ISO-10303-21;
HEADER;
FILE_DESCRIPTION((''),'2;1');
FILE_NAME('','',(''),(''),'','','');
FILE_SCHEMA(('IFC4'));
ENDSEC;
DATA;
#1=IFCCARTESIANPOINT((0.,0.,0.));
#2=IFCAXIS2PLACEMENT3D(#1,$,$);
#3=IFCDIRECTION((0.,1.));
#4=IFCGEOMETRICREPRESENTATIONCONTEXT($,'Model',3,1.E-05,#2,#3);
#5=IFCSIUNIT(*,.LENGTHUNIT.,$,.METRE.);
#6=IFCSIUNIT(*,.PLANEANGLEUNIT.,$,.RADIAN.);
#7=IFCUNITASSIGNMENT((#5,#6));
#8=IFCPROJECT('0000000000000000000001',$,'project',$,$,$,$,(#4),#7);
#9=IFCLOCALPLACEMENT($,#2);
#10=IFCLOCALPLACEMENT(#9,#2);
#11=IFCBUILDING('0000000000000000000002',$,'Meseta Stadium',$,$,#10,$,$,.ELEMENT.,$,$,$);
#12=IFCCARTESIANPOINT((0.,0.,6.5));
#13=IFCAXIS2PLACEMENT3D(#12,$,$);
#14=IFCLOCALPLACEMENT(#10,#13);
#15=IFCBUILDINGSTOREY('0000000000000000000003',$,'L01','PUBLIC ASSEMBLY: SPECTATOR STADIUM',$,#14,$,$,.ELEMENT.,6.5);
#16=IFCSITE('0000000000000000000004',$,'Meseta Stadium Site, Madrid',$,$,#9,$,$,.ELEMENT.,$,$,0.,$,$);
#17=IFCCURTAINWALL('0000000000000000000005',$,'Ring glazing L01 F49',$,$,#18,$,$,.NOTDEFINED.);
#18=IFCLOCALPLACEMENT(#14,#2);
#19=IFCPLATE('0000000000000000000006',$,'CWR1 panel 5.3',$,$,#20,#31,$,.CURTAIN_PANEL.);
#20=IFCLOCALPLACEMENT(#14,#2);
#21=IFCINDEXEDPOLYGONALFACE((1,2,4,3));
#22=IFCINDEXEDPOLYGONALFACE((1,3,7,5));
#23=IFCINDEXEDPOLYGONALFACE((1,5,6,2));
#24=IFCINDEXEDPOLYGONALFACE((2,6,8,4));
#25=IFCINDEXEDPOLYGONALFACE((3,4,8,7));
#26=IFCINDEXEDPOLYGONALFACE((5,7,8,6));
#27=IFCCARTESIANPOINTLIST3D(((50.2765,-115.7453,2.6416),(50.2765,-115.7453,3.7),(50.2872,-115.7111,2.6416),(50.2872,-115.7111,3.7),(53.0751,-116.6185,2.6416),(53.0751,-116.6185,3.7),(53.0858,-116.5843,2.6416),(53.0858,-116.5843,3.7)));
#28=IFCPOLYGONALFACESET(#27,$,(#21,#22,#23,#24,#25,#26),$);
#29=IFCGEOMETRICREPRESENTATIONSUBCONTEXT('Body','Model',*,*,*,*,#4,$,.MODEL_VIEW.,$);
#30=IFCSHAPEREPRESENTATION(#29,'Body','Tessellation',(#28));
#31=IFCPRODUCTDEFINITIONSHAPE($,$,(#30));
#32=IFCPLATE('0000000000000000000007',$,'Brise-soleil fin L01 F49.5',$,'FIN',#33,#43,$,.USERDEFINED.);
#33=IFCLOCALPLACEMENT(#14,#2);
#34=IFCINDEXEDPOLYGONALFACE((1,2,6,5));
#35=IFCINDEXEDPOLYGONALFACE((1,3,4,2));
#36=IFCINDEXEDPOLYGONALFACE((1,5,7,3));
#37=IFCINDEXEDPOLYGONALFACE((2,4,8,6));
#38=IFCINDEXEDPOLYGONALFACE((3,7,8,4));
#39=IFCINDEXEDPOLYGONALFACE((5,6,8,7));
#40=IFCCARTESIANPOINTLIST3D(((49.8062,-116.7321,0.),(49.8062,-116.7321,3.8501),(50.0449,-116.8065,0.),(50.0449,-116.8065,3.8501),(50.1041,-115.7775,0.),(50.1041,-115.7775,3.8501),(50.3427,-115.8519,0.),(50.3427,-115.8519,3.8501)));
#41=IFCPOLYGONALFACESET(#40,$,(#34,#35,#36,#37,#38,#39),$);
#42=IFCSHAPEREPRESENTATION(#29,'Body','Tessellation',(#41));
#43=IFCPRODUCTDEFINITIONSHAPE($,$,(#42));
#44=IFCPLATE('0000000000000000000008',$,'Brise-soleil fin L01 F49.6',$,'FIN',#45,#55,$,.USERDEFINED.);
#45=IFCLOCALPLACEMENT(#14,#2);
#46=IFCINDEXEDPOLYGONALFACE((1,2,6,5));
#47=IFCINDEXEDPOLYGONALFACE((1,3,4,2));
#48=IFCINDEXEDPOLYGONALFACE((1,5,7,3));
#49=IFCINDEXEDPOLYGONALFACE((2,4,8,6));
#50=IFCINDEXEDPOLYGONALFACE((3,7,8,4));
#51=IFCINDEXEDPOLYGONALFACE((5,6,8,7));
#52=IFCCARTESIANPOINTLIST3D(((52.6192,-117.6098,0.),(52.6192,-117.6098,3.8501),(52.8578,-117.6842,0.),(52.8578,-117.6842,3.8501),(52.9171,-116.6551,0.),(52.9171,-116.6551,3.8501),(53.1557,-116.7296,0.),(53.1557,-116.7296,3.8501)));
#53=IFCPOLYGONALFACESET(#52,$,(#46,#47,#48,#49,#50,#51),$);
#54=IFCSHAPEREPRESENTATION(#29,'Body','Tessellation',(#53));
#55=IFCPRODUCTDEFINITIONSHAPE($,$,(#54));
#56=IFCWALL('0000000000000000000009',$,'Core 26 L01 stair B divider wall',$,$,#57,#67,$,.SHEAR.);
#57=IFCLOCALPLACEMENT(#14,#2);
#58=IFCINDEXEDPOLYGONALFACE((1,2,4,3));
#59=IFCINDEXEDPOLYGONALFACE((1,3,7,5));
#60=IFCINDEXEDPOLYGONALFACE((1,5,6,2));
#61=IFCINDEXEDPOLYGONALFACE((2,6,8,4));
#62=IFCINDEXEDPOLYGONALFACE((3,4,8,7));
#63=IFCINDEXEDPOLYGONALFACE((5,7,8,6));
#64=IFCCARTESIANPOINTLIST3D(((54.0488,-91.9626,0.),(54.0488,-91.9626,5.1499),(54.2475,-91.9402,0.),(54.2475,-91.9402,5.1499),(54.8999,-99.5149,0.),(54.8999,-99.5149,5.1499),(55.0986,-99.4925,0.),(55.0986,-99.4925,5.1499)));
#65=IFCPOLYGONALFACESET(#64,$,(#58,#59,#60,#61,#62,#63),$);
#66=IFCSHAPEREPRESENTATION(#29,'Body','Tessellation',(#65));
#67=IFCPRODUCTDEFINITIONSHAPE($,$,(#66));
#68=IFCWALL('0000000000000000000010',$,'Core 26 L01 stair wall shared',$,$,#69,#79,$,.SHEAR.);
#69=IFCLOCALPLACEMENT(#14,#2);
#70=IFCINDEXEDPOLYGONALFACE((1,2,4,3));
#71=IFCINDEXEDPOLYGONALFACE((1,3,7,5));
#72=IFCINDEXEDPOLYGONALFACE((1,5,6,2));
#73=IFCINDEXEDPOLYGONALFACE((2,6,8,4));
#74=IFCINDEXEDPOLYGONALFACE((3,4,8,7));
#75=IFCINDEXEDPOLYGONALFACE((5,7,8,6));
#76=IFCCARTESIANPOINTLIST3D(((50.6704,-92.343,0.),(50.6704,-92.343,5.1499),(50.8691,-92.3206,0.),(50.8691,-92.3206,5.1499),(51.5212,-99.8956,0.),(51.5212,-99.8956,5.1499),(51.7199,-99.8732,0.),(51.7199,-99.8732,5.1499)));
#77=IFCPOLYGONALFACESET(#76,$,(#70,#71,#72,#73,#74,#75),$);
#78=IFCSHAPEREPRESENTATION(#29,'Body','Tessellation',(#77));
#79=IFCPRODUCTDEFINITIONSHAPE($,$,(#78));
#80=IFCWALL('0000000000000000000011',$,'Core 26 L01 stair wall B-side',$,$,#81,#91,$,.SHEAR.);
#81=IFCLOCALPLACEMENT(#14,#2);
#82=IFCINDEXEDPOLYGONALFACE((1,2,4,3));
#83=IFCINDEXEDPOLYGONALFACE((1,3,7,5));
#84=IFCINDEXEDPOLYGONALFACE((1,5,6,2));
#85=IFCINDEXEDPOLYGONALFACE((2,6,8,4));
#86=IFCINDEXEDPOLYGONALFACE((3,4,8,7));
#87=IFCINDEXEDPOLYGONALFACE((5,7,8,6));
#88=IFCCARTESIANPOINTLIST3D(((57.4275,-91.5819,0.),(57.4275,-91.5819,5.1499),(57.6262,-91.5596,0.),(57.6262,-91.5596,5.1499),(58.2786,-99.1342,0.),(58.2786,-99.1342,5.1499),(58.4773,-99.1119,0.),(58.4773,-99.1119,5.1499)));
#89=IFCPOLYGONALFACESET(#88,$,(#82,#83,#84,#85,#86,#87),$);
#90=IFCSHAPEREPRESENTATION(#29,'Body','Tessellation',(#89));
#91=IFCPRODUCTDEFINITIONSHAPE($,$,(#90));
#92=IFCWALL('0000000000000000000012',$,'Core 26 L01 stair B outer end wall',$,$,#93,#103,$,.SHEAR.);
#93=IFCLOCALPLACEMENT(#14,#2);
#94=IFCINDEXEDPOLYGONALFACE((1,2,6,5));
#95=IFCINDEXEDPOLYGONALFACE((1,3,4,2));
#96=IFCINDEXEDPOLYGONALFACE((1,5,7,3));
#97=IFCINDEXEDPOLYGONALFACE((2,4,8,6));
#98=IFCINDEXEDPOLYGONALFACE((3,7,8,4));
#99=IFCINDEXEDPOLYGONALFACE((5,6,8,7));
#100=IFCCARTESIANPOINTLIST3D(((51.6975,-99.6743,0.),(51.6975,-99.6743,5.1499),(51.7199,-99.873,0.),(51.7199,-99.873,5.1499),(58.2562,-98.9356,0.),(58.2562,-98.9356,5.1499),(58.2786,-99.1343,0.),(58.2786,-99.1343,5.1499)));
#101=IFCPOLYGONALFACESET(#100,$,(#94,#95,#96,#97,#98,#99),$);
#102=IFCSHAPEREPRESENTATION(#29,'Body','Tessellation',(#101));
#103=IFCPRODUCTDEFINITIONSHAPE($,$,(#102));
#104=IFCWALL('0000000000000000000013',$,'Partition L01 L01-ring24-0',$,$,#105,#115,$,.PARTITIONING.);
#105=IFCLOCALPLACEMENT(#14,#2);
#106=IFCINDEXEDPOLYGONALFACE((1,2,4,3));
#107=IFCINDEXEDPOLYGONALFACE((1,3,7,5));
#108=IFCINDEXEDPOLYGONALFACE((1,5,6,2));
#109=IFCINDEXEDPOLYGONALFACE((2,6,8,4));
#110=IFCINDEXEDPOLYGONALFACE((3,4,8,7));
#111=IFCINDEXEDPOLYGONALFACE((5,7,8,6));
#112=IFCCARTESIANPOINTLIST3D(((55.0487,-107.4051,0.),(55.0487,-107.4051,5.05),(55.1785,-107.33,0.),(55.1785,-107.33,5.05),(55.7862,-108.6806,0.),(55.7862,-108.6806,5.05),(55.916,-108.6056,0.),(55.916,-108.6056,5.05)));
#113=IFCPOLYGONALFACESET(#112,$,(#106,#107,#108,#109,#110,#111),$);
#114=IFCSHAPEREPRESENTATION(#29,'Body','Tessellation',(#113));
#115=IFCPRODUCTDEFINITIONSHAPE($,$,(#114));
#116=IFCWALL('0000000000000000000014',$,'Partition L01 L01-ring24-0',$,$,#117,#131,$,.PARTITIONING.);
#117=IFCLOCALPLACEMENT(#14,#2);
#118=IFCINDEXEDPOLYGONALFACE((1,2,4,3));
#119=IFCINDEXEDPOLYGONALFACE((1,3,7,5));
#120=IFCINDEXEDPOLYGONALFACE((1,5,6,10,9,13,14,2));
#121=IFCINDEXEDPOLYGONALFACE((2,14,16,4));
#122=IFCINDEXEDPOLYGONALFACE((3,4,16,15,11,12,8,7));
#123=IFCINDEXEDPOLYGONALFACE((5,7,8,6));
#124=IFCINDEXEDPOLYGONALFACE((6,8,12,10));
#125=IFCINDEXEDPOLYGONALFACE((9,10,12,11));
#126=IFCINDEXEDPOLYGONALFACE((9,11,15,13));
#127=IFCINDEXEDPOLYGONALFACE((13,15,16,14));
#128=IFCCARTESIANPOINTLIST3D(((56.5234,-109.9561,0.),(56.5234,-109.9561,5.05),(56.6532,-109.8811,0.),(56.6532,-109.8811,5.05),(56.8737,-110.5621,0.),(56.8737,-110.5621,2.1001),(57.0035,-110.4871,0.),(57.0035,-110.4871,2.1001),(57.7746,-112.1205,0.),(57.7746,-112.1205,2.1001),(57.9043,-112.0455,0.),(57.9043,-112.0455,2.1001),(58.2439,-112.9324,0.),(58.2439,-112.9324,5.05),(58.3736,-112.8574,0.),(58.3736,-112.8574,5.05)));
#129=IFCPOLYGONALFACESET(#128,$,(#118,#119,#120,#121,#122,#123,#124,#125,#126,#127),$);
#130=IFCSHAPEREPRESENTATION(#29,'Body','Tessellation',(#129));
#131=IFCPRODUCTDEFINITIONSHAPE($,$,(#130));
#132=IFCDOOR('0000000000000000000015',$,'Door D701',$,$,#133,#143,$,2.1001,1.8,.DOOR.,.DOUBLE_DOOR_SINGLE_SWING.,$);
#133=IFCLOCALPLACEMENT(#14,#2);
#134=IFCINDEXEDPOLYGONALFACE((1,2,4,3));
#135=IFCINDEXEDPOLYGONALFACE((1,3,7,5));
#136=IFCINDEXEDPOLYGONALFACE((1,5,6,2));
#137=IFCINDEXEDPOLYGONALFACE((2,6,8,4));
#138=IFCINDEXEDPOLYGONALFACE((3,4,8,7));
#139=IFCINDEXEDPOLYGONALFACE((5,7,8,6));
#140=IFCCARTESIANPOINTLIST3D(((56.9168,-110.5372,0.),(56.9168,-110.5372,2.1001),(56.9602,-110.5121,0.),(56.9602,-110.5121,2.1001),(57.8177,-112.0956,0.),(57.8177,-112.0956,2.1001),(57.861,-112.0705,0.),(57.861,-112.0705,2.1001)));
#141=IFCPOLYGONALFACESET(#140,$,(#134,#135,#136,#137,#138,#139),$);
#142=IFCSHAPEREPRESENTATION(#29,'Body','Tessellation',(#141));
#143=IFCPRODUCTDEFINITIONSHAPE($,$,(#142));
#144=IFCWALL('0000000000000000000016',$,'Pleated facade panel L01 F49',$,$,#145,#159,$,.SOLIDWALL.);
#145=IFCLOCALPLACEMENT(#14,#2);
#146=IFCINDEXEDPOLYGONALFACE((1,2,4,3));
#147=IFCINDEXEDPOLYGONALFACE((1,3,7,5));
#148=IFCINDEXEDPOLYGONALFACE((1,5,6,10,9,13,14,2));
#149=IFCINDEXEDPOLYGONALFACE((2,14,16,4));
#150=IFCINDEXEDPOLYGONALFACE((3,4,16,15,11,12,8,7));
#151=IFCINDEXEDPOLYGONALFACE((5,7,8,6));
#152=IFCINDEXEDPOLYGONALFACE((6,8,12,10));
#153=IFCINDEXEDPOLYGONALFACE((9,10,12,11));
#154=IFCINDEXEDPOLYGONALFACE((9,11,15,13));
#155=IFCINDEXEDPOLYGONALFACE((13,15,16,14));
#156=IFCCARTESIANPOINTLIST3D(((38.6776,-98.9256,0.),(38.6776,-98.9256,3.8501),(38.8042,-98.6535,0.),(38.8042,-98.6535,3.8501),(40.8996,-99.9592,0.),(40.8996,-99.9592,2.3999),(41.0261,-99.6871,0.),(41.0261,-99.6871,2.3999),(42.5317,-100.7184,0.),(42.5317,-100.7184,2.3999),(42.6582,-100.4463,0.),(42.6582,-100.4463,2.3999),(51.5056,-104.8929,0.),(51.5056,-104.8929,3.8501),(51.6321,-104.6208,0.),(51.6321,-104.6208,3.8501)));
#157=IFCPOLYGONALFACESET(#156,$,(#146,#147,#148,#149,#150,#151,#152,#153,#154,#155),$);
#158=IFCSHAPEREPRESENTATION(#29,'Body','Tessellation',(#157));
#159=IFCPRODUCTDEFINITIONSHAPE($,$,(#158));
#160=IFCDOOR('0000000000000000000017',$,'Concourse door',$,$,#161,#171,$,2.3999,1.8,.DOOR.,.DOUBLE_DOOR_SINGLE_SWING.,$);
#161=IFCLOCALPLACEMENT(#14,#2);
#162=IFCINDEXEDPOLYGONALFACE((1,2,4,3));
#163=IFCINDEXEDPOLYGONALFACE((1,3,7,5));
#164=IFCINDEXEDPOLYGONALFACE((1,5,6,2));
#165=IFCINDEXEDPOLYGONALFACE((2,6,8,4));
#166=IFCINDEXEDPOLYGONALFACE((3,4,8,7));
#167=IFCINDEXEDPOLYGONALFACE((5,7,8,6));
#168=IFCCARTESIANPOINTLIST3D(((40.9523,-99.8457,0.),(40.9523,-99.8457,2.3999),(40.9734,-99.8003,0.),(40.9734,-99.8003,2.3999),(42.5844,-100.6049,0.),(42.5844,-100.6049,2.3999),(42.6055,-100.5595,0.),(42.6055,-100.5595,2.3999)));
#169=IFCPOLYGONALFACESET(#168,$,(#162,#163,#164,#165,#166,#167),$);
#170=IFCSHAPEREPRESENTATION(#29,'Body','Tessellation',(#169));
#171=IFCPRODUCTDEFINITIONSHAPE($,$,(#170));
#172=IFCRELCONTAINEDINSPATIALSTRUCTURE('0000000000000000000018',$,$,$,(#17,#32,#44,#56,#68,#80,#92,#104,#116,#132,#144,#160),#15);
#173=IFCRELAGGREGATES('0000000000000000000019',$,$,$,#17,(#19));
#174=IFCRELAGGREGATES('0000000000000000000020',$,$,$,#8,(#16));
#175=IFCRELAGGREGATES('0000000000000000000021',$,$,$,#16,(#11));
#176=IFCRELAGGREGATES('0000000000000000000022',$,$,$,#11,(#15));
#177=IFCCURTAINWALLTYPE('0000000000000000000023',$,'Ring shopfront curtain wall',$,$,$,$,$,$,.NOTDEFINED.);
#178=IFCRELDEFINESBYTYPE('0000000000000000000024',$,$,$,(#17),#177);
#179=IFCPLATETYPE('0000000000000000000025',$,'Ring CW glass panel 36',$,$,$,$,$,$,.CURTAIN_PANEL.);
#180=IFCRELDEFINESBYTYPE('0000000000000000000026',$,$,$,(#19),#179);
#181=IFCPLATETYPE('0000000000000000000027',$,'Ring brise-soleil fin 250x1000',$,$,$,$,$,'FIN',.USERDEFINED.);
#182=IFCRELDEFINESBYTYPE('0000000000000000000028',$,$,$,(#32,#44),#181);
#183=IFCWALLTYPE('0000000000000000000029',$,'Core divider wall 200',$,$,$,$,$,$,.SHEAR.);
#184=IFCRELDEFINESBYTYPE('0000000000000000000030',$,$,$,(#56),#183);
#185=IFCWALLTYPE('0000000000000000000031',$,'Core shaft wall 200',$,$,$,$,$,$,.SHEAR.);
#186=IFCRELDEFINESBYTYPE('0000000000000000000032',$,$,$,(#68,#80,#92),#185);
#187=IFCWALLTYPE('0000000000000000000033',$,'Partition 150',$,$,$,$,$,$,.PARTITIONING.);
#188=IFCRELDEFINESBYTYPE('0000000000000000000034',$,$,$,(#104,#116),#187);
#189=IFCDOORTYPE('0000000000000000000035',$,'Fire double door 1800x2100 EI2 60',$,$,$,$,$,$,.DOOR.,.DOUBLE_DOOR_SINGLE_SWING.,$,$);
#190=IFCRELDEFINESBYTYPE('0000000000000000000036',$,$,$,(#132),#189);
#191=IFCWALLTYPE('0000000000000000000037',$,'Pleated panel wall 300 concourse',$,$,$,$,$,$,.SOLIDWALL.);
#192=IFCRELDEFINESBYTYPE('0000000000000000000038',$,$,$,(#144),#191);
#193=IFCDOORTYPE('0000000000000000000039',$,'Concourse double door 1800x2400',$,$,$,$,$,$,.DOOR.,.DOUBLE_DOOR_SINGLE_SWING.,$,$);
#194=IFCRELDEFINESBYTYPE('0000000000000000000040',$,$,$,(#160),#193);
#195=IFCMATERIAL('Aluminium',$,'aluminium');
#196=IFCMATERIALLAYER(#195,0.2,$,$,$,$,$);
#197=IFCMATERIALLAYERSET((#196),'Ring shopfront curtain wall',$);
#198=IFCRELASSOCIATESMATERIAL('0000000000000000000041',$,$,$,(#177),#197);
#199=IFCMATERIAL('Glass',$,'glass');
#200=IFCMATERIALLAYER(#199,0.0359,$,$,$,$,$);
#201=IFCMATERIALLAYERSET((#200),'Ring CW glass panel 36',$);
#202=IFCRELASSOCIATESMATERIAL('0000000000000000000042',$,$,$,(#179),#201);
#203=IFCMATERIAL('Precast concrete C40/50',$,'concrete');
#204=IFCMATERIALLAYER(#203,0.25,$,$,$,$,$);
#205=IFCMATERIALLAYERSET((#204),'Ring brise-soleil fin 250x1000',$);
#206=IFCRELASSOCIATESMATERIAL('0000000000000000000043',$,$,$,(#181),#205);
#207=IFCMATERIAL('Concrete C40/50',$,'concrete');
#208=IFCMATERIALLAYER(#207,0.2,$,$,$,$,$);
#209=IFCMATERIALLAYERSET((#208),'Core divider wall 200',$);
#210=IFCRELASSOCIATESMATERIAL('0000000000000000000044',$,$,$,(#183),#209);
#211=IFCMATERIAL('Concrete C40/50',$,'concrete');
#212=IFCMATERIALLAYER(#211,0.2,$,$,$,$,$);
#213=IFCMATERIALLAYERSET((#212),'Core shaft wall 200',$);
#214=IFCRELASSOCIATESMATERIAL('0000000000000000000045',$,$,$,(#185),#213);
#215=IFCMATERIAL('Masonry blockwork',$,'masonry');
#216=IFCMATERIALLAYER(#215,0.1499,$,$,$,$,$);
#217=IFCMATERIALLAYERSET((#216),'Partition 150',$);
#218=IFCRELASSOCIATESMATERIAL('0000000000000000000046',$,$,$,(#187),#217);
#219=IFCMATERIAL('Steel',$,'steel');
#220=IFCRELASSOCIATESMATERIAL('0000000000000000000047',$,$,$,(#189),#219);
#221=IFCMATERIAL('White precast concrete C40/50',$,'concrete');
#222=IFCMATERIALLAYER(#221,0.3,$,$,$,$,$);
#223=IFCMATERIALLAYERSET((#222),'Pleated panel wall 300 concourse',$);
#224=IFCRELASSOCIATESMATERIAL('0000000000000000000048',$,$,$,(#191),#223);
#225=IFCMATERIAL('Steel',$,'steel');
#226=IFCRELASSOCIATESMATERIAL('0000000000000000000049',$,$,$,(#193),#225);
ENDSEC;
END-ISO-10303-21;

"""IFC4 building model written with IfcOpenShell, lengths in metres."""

from ifc_helpers import new_model, si_unit, direction, frame, frame_2d, origin, origin_2d, place, context, subcontext, project, spatial, rectangle, extrude, material, layer, layer_set, type_object, element, fill, aggregate, save


model = new_model("IFC4")

# Units and contexts
model_context = context("Model", 3, precision=1e-05, world=origin(), true_north=direction((0.0, 1.0)))
body_context = subcontext(model_context, "Body", "Model", "MODEL_VIEW")
ifc_project = project(units=[si_unit("LENGTHUNIT", "METRE"), si_unit("PLANEANGLEUNIT", "RADIAN")], contexts=[model_context])

# Site, building, storey
site_placement = place(None, origin())
site = spatial("IfcSite", under=ifc_project, at=site_placement, Name="Meseta Stadium Site, Madrid", CompositionType="ELEMENT", RefElevation=0.0)
building_placement = place(site_placement, origin())
building = spatial("IfcBuilding", under=site, at=building_placement, Name="Meseta Stadium", CompositionType="ELEMENT")
storey_placement = place(building_placement, frame((0.0, 0.0, 6.5)))
storey = spatial("IfcBuildingStorey", under=building, at=storey_placement, Name="L01", Description="PUBLIC ASSEMBLY: SPECTATOR STADIUM", CompositionType="ELEMENT", Elevation=6.5)

# Curtain wall, plate
ifc_material_1 = material(Name="Aluminium", Category="aluminium")
ifc_layer_1 = layer(ifc_material_1, 0.2)
ifc_layer_set_1 = layer_set([ifc_layer_1], Name="Ring shopfront curtain wall")
curtain_wall_type = type_object("IfcCurtainWallType", Name="Ring shopfront curtain wall", PredefinedType="NOTDEFINED", material=ifc_layer_set_1)
curtain_wall_placement = place(storey_placement, origin())
curtain_wall = element("IfcCurtainWall", 1, at=curtain_wall_placement, inside=storey, type_object=curtain_wall_type, Name="Ring glazing L01 F49", PredefinedType="NOTDEFINED")
ifc_material_2 = material(Name="Glass", Category="glass")
ifc_layer_2 = layer(ifc_material_2, 0.0359)
ifc_layer_set_2 = layer_set([ifc_layer_2], Name="Ring CW glass panel 36")
plate_type_1 = type_object("IfcPlateType", Name="Ring CW glass panel 36", PredefinedType="CURTAIN_PANEL", material=ifc_layer_set_2)
plate_1_placement = place(storey_placement, frame((51.6812, -116.1648, 2.6416), z_axis=(0.0, 0.0, 1.0), x_axis=(0.954609, -0.297861, 0.0)))
plate_1 = element("IfcPlate", 2, at=plate_1_placement, type_object=plate_type_1, Name="CWR1 panel 5.3", PredefinedType="CURTAIN_PANEL", context=body_context, shape_type="SweptSolid", body=[
    extrude(rectangle(XDim=2.9316, YDim=0.0359, at=origin_2d()), origin(), (0.0, 0.0, 1.0), 1.0583),
])
aggregate(curtain_wall, [plate_1])

# Plates
ifc_material_3 = material(Name="Precast concrete C40/50", Category="concrete")
ifc_layer_3 = layer(ifc_material_3, 0.25)
ifc_layer_set_3 = layer_set([ifc_layer_3], Name="Ring brise-soleil fin 250x1000")
plate_type_2 = type_object("IfcPlateType", Name="Ring brise-soleil fin 250x1000", ElementType="FIN", PredefinedType="USERDEFINED", material=ifc_layer_set_3)
for number, where, z_axis, x_axis, name in (
    (3, (50.0745, -116.292, 0.0), (0.0, 0.0, 1.0), (0.954611, -0.297856, 0.0), "Brise-soleil fin L01 F49.5"),
    (4, (52.8875, -117.1697, 0.0), (0.0, 0.0, 1.0), (0.954611, -0.297856, 0.0), "Brise-soleil fin L01 F49.6"),
):
    element("IfcPlate", number, at=place(storey_placement, frame(where, z_axis=z_axis, x_axis=x_axis)), inside=storey, type_object=plate_type_2, Name=name, ObjectType="FIN", PredefinedType="USERDEFINED", context=body_context, shape_type="SweptSolid", body=[
        extrude(rectangle(XDim=0.25, YDim=1.0, at=origin_2d()), origin(), (0.0, 0.0, 1.0), 3.8501),
    ])

# Walls
ifc_material_4 = material(Name="Concrete C40/50", Category="concrete")
ifc_layer_4 = layer(ifc_material_4, 0.2)
ifc_layer_set_4 = layer_set([ifc_layer_4], Name="Core divider wall 200")
wall_type_1 = type_object("IfcWallType", Name="Core divider wall 200", PredefinedType="SHEAR", material=ifc_layer_set_4)
wall_1_placement = place(storey_placement, frame((54.9993, -99.5037, 0.0), z_axis=(0.0, 0.0, 1.0), x_axis=(-0.111983, 0.99371, 0.0)))
element("IfcWall", 5, at=wall_1_placement, inside=storey, type_object=wall_type_1, Name="Core 26 L01 stair B divider wall", PredefinedType="SHEAR", context=body_context, shape_type="SweptSolid", body=[
    extrude(rectangle(XDim=7.6001, YDim=0.2, at=frame_2d((3.8, 0.0))), origin(), (0.0, 0.0, 1.0), 5.1499),
])
ifc_material_5 = material(Name="Concrete C40/50", Category="concrete")
ifc_layer_5 = layer(ifc_material_5, 0.2)
ifc_layer_set_5 = layer_set([ifc_layer_5], Name="Core shaft wall 200")
wall_type_2 = type_object("IfcWallType", Name="Core shaft wall 200", PredefinedType="SHEAR", material=ifc_layer_set_5)
wall_2_placement = place(storey_placement, frame((51.6206, -99.8845, 0.0), z_axis=(0.0, 0.0, 1.0), x_axis=(-0.111947, 0.993714, 0.0)))
element("IfcWall", 6, at=wall_2_placement, inside=storey, type_object=wall_type_2, Name="Core 26 L01 stair wall shared", PredefinedType="SHEAR", context=body_context, shape_type="SweptSolid", body=[
    extrude(rectangle(XDim=7.6003, YDim=0.2, at=frame_2d((3.8003, 0.0))), origin(), (0.0, 0.0, 1.0), 5.1499),
])
wall_3_placement = place(storey_placement, frame((58.3779, -99.123, 0.0), z_axis=(0.0, 0.0, 1.0), x_axis=(-0.111983, 0.99371, 0.0)))
element("IfcWall", 7, at=wall_3_placement, inside=storey, type_object=wall_type_2, Name="Core 26 L01 stair wall B-side", PredefinedType="SHEAR", context=body_context, shape_type="SweptSolid", body=[
    extrude(rectangle(XDim=7.6001, YDim=0.2, at=frame_2d((3.8, 0.0))), origin(), (0.0, 0.0, 1.0), 5.1499),
])
wall_4_placement = place(storey_placement, frame((51.7087, -99.7737, 0.0), z_axis=(0.0, 0.0, 1.0), x_axis=(0.993716, 0.111934, 0.0)))
element("IfcWall", 8, at=wall_4_placement, inside=storey, type_object=wall_type_2, Name="Core 26 L01 stair B outer end wall", PredefinedType="SHEAR", context=body_context, shape_type="SweptSolid", body=[
    extrude(rectangle(XDim=6.6001, YDim=0.2, at=frame_2d((3.3, 0.0))), origin(), (0.0, 0.0, 1.0), 5.1499),
])
ifc_material_6 = material(Name="Masonry blockwork", Category="masonry")
ifc_layer_6 = layer(ifc_material_6, 0.1499)
ifc_layer_set_6 = layer_set([ifc_layer_6], Name="Partition 150")
wall_type_3 = type_object("IfcWallType", Name="Partition 150", PredefinedType="PARTITIONING", material=ifc_layer_set_6)
wall_5_placement = place(storey_placement, frame((55.1135, -107.3674, 0.0), z_axis=(0.0, 0.0, 1.0), x_axis=(0.50054, -0.865714, 0.0)))
element("IfcWall", 9, at=wall_5_placement, inside=storey, type_object=wall_type_3, Name="Partition L01 L01-ring24-0", PredefinedType="PARTITIONING", context=body_context, shape_type="SweptSolid", body=[
    extrude(rectangle(XDim=1.4734, YDim=0.1499, at=frame_2d((0.7368, 0.0))), origin(), (0.0, 0.0, 1.0), 5.05),
])

# Walls, openings, doors
wall_6_placement = place(storey_placement, frame((56.5884, -109.9187, 0.0), z_axis=(0.0, 0.0, 1.0), x_axis=(0.500454, -0.865763, 0.0)))
wall_6 = element("IfcWall", 10, at=wall_6_placement, inside=storey, type_object=wall_type_3, Name="Partition L01 L01-ring24-0", PredefinedType="PARTITIONING", context=body_context, shape_type="SweptSolid", body=[
    extrude(rectangle(XDim=3.4377, YDim=0.1499, at=frame_2d((1.7188, 0.0))), origin(), (0.0, 0.0, 1.0), 5.05),
])
opening_1_placement = place(wall_6_placement, frame((0.7, 0.0, 0.0)))
opening_1 = element("IfcOpeningElement", 11, at=opening_1_placement, cuts=wall_6, PredefinedType="OPENING", context=body_context, shape_type="SweptSolid", body=[
    extrude(rectangle(XDim=1.8, YDim=2.1001, at=frame_2d((0.8999, 1.05))), frame((0.0, 0.085, 0.0), z_axis=(0.0, -1.0, 0.0), x_axis=(1.0, 0.0, 0.0)), (0.0, 0.0, 1.0), 0.1699),
])
ifc_material_7 = material(Name="Steel", Category="steel")
door_type_1 = type_object("IfcDoorType", Name="Fire double door 1800x2100 EI2 60", OperationType="DOUBLE_DOOR_SINGLE_SWING", PredefinedType="DOOR", material=ifc_material_7)
door_1_placement = place(opening_1_placement, origin())
door_1 = element("IfcDoor", 12, at=door_1_placement, inside=storey, type_object=door_type_1, Name="Door D701", OperationType="DOUBLE_DOOR_SINGLE_SWING", OverallHeight=2.1001, OverallWidth=1.8, PredefinedType="DOOR", context=body_context, shape_type="SweptSolid", body=[
    extrude(rectangle(XDim=1.8, YDim=2.1001, at=frame_2d((0.8999, 1.05))), frame((0.0, 0.0249, 0.0), z_axis=(0.0, -1.0, 0.0), x_axis=(1.0, 0.0, 0.0)), (0.0, 0.0, 1.0), 0.05),
])
fill(opening_1, door_1)
ifc_material_8 = material(Name="White precast concrete C40/50", Category="concrete")
ifc_layer_7 = layer(ifc_material_8, 0.3)
ifc_layer_set_7 = layer_set([ifc_layer_7], Name="Pleated panel wall 300 concourse")
wall_type_4 = type_object("IfcWallType", Name="Pleated panel wall 300 concourse", PredefinedType="SOLIDWALL", material=ifc_layer_set_7)
wall_7_placement = place(storey_placement, frame((51.5688, -104.7568, 0.0), z_axis=(0.0, 0.0, 1.0), x_axis=(-0.906699, 0.421779, 0.0)))
wall_7 = element("IfcWall", 13, at=wall_7_placement, inside=storey, type_object=wall_type_4, Name="Pleated facade panel L01 F49", PredefinedType="SOLIDWALL", context=body_context, shape_type="SweptSolid", body=[
    extrude(rectangle(XDim=14.1479, YDim=0.3, at=frame_2d((7.074, 0.0))), origin(), (0.0, 0.0, 1.0), 3.8501),
])
opening_2_placement = place(wall_7_placement, frame((9.8975, 0.0, 0.0)))
opening_2 = element("IfcOpeningElement", 14, at=opening_2_placement, cuts=wall_7, PredefinedType="OPENING", context=body_context, shape_type="SweptSolid", body=[
    extrude(rectangle(XDim=1.8, YDim=2.3999, at=frame_2d((0.8999, 1.2))), frame((0.0, 0.1599, 0.0), z_axis=(0.0, -1.0, 0.0), x_axis=(1.0, 0.0, 0.0)), (0.0, 0.0, 1.0), 0.3201),
])
ifc_material_9 = material(Name="Steel", Category="steel")
door_type_2 = type_object("IfcDoorType", Name="Concourse double door 1800x2400", OperationType="DOUBLE_DOOR_SINGLE_SWING", PredefinedType="DOOR", material=ifc_material_9)
door_2_placement = place(opening_2_placement, origin())
door_2 = element("IfcDoor", 15, at=door_2_placement, inside=storey, type_object=door_type_2, Name="Concourse door", OperationType="DOUBLE_DOOR_SINGLE_SWING", OverallHeight=2.3999, OverallWidth=1.8, PredefinedType="DOOR", context=body_context, shape_type="SweptSolid", body=[
    extrude(rectangle(XDim=1.8, YDim=2.3999, at=frame_2d((0.8999, 1.2))), frame((0.0, 0.0249, 0.0), z_axis=(0.0, -1.0, 0.0), x_axis=(1.0, 0.0, 0.0)), (0.0, 0.0, 1.0), 0.05),
])
fill(opening_2, door_2)

save(model, "model.ifc")
